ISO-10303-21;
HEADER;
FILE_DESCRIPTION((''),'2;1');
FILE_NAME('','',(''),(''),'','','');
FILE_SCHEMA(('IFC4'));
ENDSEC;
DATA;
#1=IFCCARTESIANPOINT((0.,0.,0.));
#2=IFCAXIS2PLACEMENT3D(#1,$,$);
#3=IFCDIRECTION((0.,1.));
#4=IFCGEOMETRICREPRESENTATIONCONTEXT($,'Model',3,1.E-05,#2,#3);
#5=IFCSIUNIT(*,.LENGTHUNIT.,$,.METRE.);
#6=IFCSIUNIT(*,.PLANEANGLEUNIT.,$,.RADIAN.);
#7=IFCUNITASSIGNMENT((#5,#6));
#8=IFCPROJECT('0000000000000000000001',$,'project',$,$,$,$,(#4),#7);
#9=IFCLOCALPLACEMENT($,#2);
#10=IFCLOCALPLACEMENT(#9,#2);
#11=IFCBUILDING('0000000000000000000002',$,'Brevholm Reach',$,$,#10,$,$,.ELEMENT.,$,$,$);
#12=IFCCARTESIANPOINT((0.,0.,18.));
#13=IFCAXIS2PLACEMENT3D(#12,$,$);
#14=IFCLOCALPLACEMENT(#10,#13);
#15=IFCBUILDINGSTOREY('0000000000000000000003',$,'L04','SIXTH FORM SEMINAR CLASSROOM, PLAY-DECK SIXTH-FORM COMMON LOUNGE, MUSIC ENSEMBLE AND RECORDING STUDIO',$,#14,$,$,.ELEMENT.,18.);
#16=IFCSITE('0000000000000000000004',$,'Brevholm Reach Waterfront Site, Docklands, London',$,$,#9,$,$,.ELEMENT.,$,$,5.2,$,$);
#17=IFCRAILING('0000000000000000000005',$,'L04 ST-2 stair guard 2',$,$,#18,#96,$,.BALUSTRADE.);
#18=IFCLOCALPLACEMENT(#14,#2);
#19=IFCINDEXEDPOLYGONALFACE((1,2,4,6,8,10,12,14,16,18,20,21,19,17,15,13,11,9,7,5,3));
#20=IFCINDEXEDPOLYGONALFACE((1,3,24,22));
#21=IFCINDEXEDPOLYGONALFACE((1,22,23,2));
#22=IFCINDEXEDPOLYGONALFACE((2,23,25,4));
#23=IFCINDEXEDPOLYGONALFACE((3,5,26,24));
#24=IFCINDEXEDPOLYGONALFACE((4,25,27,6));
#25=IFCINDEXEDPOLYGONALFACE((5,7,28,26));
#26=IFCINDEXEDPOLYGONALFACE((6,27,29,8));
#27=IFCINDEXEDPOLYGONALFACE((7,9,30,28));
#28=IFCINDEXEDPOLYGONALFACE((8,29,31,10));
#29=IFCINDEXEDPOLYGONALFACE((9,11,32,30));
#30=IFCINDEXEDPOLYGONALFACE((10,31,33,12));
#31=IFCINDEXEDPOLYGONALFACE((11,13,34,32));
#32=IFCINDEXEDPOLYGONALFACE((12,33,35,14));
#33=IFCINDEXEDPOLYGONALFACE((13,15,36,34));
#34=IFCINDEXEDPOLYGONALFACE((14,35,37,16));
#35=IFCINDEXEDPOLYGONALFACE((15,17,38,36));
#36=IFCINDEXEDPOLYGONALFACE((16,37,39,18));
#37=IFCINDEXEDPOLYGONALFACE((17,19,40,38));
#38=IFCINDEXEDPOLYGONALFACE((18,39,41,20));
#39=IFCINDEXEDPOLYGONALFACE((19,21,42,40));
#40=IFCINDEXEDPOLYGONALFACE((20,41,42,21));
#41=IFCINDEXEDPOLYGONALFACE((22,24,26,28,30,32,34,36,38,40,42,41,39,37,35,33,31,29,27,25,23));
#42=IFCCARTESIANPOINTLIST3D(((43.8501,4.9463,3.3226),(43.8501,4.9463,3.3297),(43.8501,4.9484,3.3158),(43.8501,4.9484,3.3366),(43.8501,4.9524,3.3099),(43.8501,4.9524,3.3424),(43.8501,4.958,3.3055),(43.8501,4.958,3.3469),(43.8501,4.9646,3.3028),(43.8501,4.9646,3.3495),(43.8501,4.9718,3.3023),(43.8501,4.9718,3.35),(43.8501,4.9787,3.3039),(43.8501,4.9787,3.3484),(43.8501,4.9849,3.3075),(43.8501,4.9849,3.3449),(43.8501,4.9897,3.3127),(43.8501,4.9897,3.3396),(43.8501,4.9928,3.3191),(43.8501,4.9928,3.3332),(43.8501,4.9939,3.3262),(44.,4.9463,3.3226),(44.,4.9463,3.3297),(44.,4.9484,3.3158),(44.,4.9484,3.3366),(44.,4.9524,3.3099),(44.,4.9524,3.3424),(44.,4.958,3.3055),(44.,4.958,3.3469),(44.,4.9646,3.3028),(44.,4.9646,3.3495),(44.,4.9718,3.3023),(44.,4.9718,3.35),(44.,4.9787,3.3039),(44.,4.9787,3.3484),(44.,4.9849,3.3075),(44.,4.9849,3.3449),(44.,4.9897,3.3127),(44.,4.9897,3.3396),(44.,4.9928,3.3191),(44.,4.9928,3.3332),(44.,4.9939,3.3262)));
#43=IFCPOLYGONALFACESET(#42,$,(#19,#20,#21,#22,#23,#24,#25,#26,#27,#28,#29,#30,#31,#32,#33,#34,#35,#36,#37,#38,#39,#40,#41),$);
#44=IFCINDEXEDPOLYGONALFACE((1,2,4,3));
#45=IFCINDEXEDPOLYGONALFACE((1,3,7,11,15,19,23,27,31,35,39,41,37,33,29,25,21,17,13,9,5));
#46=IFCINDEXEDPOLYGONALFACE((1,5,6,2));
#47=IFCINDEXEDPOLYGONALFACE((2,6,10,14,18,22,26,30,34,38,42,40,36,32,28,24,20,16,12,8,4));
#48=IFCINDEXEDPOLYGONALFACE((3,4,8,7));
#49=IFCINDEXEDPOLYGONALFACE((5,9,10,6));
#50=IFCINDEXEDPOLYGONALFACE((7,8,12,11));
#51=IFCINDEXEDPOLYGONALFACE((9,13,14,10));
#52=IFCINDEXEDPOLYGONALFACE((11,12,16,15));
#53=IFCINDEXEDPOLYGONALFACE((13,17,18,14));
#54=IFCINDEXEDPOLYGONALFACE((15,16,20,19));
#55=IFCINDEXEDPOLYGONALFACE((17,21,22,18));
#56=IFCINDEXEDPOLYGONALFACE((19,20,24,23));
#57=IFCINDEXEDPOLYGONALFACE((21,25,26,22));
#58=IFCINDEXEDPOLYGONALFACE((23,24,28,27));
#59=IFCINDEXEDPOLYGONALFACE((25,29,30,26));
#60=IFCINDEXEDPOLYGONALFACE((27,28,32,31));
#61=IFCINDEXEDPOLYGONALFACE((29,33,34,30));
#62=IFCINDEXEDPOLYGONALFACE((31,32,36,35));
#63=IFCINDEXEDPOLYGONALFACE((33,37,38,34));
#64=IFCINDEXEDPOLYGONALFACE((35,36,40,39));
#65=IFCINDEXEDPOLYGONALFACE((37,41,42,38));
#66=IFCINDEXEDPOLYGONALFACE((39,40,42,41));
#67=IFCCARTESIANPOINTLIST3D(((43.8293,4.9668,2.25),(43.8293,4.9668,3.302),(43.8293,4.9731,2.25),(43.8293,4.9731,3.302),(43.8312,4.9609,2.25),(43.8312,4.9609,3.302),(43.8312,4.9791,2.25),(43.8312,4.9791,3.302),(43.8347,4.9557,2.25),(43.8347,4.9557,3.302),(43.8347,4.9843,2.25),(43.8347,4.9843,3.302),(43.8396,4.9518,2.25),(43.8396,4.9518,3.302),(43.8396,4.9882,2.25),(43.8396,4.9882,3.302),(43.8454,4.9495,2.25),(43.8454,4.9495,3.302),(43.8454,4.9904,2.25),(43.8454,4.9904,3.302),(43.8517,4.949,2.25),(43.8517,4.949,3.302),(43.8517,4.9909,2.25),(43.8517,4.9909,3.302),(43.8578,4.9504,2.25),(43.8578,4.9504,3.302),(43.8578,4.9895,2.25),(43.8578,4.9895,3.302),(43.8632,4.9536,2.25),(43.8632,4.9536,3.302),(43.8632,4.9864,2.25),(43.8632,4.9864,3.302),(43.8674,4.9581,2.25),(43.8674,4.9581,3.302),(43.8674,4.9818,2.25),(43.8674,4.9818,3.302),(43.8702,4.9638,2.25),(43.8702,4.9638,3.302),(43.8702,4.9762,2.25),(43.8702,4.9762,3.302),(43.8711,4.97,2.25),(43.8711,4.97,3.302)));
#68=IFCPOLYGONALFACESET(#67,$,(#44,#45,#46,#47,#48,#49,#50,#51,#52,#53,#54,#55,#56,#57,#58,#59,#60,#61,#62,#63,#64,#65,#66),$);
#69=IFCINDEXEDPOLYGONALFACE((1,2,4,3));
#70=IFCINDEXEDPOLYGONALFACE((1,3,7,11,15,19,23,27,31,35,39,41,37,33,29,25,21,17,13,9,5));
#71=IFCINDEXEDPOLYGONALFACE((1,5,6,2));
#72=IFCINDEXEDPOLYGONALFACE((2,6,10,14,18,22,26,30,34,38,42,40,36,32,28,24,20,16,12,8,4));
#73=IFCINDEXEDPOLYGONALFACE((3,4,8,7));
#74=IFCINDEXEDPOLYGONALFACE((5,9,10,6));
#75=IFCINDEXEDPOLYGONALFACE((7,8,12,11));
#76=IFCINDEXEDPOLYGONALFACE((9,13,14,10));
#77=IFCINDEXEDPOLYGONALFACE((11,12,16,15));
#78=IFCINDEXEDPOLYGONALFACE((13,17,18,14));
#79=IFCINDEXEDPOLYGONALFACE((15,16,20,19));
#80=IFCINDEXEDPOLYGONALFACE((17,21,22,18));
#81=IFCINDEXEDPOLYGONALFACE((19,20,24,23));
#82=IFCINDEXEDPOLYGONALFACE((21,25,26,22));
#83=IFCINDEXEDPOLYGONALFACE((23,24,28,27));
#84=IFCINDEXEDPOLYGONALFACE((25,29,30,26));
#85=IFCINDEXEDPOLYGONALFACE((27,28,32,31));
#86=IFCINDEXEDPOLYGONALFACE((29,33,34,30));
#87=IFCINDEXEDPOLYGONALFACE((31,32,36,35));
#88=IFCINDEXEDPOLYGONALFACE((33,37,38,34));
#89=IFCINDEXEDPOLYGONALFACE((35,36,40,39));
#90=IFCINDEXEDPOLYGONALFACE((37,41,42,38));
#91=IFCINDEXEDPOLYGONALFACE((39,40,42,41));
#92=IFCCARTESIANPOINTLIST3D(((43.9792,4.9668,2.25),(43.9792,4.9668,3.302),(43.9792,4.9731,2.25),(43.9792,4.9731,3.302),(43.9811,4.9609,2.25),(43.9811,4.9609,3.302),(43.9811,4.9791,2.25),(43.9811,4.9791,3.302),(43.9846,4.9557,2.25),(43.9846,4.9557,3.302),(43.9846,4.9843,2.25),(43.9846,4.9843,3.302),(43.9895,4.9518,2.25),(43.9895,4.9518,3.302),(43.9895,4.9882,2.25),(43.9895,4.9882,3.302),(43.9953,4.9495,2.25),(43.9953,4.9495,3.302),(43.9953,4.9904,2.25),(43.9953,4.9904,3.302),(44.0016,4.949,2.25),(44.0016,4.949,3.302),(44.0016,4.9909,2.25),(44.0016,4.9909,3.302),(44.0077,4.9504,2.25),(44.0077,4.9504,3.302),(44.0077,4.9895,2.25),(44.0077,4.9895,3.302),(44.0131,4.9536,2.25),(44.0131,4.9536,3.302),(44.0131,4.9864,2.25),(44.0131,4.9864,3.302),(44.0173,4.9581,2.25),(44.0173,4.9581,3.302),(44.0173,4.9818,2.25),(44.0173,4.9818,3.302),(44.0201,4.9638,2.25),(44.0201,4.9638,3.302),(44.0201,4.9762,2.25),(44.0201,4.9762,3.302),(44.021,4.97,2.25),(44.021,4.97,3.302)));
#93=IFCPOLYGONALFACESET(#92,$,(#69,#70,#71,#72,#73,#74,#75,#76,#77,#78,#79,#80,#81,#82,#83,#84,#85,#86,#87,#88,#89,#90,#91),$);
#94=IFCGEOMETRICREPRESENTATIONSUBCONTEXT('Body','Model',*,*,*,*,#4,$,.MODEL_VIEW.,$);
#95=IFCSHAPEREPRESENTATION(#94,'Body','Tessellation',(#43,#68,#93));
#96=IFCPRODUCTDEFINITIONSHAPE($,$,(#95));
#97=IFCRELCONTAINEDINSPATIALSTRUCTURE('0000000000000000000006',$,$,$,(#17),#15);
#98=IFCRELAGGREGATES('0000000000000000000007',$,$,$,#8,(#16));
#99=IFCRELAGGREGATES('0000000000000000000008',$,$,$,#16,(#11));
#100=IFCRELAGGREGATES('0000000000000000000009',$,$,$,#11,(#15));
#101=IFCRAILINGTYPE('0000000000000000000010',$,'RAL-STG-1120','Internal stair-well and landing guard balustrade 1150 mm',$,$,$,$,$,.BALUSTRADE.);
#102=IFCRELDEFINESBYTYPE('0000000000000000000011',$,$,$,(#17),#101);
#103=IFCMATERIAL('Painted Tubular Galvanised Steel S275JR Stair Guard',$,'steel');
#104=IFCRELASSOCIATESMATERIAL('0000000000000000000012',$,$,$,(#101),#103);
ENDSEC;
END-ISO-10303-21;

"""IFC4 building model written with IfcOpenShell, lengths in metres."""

from ifc_helpers import new_model, si_unit, direction, frame, origin, origin_2d, place, context, subcontext, project, spatial, circle, extrude, material, type_object, element, save


model = new_model("IFC4")

# Units and contexts
model_context = context("Model", 3, precision=1e-05, world=origin(), true_north=direction((0.0, 1.0)))
body_context = subcontext(model_context, "Body", "Model", "MODEL_VIEW")
ifc_project = project(units=[si_unit("LENGTHUNIT", "METRE"), si_unit("PLANEANGLEUNIT", "RADIAN")], contexts=[model_context])

# Site, building, storey
site_placement = place(None, origin())
site = spatial("IfcSite", under=ifc_project, at=site_placement, Name="Brevholm Reach Waterfront Site, Docklands, London", CompositionType="ELEMENT", RefElevation=5.2)
building_placement = place(site_placement, origin())
building = spatial("IfcBuilding", under=site, at=building_placement, Name="Brevholm Reach", CompositionType="ELEMENT")
storey_placement = place(building_placement, frame((0.0, 0.0, 18.0)))
storey = spatial("IfcBuildingStorey", under=building, at=storey_placement, Name="L04", Description="SIXTH FORM SEMINAR CLASSROOM, PLAY-DECK SIXTH-FORM COMMON LOUNGE, MUSIC ENSEMBLE AND RECORDING STUDIO", CompositionType="ELEMENT", Elevation=18.0)

# Railing
ifc_material_1 = material(Name="Painted Tubular Galvanised Steel S275JR Stair Guard", Category="steel")
railing_type_1 = type_object("IfcRailingType", Name="RAL-STG-1120", Description="Internal stair-well and landing guard balustrade 1150 mm", PredefinedType="BALUSTRADE", material=ifc_material_1)
railing_1_placement = place(storey_placement, frame((43.8501, 4.97, 2.25)))
element("IfcRailing", 1, at=railing_1_placement, inside=storey, type_object=railing_type_1, Name="L04 ST-2 stair guard 2", PredefinedType="BALUSTRADE", context=body_context, shape_type="SweptSolid", body=[
    extrude(circle(Radius=0.0239, at=origin_2d()), frame((0.0, 0.0, 1.0762), z_axis=(1.0, 0.0, 0.0), x_axis=(0.0, 1.0, 0.0)), (0.0, 0.0, 1.0), 0.1499),
    extrude(circle(Radius=0.021, at=origin_2d()), origin(), (0.0, 0.0, 1.0), 1.052),
    extrude(circle(Radius=0.021, at=origin_2d()), frame((0.1499, 0.0, 0.0)), (0.0, 0.0, 1.0), 1.052),
])

save(model, "model.ifc")
